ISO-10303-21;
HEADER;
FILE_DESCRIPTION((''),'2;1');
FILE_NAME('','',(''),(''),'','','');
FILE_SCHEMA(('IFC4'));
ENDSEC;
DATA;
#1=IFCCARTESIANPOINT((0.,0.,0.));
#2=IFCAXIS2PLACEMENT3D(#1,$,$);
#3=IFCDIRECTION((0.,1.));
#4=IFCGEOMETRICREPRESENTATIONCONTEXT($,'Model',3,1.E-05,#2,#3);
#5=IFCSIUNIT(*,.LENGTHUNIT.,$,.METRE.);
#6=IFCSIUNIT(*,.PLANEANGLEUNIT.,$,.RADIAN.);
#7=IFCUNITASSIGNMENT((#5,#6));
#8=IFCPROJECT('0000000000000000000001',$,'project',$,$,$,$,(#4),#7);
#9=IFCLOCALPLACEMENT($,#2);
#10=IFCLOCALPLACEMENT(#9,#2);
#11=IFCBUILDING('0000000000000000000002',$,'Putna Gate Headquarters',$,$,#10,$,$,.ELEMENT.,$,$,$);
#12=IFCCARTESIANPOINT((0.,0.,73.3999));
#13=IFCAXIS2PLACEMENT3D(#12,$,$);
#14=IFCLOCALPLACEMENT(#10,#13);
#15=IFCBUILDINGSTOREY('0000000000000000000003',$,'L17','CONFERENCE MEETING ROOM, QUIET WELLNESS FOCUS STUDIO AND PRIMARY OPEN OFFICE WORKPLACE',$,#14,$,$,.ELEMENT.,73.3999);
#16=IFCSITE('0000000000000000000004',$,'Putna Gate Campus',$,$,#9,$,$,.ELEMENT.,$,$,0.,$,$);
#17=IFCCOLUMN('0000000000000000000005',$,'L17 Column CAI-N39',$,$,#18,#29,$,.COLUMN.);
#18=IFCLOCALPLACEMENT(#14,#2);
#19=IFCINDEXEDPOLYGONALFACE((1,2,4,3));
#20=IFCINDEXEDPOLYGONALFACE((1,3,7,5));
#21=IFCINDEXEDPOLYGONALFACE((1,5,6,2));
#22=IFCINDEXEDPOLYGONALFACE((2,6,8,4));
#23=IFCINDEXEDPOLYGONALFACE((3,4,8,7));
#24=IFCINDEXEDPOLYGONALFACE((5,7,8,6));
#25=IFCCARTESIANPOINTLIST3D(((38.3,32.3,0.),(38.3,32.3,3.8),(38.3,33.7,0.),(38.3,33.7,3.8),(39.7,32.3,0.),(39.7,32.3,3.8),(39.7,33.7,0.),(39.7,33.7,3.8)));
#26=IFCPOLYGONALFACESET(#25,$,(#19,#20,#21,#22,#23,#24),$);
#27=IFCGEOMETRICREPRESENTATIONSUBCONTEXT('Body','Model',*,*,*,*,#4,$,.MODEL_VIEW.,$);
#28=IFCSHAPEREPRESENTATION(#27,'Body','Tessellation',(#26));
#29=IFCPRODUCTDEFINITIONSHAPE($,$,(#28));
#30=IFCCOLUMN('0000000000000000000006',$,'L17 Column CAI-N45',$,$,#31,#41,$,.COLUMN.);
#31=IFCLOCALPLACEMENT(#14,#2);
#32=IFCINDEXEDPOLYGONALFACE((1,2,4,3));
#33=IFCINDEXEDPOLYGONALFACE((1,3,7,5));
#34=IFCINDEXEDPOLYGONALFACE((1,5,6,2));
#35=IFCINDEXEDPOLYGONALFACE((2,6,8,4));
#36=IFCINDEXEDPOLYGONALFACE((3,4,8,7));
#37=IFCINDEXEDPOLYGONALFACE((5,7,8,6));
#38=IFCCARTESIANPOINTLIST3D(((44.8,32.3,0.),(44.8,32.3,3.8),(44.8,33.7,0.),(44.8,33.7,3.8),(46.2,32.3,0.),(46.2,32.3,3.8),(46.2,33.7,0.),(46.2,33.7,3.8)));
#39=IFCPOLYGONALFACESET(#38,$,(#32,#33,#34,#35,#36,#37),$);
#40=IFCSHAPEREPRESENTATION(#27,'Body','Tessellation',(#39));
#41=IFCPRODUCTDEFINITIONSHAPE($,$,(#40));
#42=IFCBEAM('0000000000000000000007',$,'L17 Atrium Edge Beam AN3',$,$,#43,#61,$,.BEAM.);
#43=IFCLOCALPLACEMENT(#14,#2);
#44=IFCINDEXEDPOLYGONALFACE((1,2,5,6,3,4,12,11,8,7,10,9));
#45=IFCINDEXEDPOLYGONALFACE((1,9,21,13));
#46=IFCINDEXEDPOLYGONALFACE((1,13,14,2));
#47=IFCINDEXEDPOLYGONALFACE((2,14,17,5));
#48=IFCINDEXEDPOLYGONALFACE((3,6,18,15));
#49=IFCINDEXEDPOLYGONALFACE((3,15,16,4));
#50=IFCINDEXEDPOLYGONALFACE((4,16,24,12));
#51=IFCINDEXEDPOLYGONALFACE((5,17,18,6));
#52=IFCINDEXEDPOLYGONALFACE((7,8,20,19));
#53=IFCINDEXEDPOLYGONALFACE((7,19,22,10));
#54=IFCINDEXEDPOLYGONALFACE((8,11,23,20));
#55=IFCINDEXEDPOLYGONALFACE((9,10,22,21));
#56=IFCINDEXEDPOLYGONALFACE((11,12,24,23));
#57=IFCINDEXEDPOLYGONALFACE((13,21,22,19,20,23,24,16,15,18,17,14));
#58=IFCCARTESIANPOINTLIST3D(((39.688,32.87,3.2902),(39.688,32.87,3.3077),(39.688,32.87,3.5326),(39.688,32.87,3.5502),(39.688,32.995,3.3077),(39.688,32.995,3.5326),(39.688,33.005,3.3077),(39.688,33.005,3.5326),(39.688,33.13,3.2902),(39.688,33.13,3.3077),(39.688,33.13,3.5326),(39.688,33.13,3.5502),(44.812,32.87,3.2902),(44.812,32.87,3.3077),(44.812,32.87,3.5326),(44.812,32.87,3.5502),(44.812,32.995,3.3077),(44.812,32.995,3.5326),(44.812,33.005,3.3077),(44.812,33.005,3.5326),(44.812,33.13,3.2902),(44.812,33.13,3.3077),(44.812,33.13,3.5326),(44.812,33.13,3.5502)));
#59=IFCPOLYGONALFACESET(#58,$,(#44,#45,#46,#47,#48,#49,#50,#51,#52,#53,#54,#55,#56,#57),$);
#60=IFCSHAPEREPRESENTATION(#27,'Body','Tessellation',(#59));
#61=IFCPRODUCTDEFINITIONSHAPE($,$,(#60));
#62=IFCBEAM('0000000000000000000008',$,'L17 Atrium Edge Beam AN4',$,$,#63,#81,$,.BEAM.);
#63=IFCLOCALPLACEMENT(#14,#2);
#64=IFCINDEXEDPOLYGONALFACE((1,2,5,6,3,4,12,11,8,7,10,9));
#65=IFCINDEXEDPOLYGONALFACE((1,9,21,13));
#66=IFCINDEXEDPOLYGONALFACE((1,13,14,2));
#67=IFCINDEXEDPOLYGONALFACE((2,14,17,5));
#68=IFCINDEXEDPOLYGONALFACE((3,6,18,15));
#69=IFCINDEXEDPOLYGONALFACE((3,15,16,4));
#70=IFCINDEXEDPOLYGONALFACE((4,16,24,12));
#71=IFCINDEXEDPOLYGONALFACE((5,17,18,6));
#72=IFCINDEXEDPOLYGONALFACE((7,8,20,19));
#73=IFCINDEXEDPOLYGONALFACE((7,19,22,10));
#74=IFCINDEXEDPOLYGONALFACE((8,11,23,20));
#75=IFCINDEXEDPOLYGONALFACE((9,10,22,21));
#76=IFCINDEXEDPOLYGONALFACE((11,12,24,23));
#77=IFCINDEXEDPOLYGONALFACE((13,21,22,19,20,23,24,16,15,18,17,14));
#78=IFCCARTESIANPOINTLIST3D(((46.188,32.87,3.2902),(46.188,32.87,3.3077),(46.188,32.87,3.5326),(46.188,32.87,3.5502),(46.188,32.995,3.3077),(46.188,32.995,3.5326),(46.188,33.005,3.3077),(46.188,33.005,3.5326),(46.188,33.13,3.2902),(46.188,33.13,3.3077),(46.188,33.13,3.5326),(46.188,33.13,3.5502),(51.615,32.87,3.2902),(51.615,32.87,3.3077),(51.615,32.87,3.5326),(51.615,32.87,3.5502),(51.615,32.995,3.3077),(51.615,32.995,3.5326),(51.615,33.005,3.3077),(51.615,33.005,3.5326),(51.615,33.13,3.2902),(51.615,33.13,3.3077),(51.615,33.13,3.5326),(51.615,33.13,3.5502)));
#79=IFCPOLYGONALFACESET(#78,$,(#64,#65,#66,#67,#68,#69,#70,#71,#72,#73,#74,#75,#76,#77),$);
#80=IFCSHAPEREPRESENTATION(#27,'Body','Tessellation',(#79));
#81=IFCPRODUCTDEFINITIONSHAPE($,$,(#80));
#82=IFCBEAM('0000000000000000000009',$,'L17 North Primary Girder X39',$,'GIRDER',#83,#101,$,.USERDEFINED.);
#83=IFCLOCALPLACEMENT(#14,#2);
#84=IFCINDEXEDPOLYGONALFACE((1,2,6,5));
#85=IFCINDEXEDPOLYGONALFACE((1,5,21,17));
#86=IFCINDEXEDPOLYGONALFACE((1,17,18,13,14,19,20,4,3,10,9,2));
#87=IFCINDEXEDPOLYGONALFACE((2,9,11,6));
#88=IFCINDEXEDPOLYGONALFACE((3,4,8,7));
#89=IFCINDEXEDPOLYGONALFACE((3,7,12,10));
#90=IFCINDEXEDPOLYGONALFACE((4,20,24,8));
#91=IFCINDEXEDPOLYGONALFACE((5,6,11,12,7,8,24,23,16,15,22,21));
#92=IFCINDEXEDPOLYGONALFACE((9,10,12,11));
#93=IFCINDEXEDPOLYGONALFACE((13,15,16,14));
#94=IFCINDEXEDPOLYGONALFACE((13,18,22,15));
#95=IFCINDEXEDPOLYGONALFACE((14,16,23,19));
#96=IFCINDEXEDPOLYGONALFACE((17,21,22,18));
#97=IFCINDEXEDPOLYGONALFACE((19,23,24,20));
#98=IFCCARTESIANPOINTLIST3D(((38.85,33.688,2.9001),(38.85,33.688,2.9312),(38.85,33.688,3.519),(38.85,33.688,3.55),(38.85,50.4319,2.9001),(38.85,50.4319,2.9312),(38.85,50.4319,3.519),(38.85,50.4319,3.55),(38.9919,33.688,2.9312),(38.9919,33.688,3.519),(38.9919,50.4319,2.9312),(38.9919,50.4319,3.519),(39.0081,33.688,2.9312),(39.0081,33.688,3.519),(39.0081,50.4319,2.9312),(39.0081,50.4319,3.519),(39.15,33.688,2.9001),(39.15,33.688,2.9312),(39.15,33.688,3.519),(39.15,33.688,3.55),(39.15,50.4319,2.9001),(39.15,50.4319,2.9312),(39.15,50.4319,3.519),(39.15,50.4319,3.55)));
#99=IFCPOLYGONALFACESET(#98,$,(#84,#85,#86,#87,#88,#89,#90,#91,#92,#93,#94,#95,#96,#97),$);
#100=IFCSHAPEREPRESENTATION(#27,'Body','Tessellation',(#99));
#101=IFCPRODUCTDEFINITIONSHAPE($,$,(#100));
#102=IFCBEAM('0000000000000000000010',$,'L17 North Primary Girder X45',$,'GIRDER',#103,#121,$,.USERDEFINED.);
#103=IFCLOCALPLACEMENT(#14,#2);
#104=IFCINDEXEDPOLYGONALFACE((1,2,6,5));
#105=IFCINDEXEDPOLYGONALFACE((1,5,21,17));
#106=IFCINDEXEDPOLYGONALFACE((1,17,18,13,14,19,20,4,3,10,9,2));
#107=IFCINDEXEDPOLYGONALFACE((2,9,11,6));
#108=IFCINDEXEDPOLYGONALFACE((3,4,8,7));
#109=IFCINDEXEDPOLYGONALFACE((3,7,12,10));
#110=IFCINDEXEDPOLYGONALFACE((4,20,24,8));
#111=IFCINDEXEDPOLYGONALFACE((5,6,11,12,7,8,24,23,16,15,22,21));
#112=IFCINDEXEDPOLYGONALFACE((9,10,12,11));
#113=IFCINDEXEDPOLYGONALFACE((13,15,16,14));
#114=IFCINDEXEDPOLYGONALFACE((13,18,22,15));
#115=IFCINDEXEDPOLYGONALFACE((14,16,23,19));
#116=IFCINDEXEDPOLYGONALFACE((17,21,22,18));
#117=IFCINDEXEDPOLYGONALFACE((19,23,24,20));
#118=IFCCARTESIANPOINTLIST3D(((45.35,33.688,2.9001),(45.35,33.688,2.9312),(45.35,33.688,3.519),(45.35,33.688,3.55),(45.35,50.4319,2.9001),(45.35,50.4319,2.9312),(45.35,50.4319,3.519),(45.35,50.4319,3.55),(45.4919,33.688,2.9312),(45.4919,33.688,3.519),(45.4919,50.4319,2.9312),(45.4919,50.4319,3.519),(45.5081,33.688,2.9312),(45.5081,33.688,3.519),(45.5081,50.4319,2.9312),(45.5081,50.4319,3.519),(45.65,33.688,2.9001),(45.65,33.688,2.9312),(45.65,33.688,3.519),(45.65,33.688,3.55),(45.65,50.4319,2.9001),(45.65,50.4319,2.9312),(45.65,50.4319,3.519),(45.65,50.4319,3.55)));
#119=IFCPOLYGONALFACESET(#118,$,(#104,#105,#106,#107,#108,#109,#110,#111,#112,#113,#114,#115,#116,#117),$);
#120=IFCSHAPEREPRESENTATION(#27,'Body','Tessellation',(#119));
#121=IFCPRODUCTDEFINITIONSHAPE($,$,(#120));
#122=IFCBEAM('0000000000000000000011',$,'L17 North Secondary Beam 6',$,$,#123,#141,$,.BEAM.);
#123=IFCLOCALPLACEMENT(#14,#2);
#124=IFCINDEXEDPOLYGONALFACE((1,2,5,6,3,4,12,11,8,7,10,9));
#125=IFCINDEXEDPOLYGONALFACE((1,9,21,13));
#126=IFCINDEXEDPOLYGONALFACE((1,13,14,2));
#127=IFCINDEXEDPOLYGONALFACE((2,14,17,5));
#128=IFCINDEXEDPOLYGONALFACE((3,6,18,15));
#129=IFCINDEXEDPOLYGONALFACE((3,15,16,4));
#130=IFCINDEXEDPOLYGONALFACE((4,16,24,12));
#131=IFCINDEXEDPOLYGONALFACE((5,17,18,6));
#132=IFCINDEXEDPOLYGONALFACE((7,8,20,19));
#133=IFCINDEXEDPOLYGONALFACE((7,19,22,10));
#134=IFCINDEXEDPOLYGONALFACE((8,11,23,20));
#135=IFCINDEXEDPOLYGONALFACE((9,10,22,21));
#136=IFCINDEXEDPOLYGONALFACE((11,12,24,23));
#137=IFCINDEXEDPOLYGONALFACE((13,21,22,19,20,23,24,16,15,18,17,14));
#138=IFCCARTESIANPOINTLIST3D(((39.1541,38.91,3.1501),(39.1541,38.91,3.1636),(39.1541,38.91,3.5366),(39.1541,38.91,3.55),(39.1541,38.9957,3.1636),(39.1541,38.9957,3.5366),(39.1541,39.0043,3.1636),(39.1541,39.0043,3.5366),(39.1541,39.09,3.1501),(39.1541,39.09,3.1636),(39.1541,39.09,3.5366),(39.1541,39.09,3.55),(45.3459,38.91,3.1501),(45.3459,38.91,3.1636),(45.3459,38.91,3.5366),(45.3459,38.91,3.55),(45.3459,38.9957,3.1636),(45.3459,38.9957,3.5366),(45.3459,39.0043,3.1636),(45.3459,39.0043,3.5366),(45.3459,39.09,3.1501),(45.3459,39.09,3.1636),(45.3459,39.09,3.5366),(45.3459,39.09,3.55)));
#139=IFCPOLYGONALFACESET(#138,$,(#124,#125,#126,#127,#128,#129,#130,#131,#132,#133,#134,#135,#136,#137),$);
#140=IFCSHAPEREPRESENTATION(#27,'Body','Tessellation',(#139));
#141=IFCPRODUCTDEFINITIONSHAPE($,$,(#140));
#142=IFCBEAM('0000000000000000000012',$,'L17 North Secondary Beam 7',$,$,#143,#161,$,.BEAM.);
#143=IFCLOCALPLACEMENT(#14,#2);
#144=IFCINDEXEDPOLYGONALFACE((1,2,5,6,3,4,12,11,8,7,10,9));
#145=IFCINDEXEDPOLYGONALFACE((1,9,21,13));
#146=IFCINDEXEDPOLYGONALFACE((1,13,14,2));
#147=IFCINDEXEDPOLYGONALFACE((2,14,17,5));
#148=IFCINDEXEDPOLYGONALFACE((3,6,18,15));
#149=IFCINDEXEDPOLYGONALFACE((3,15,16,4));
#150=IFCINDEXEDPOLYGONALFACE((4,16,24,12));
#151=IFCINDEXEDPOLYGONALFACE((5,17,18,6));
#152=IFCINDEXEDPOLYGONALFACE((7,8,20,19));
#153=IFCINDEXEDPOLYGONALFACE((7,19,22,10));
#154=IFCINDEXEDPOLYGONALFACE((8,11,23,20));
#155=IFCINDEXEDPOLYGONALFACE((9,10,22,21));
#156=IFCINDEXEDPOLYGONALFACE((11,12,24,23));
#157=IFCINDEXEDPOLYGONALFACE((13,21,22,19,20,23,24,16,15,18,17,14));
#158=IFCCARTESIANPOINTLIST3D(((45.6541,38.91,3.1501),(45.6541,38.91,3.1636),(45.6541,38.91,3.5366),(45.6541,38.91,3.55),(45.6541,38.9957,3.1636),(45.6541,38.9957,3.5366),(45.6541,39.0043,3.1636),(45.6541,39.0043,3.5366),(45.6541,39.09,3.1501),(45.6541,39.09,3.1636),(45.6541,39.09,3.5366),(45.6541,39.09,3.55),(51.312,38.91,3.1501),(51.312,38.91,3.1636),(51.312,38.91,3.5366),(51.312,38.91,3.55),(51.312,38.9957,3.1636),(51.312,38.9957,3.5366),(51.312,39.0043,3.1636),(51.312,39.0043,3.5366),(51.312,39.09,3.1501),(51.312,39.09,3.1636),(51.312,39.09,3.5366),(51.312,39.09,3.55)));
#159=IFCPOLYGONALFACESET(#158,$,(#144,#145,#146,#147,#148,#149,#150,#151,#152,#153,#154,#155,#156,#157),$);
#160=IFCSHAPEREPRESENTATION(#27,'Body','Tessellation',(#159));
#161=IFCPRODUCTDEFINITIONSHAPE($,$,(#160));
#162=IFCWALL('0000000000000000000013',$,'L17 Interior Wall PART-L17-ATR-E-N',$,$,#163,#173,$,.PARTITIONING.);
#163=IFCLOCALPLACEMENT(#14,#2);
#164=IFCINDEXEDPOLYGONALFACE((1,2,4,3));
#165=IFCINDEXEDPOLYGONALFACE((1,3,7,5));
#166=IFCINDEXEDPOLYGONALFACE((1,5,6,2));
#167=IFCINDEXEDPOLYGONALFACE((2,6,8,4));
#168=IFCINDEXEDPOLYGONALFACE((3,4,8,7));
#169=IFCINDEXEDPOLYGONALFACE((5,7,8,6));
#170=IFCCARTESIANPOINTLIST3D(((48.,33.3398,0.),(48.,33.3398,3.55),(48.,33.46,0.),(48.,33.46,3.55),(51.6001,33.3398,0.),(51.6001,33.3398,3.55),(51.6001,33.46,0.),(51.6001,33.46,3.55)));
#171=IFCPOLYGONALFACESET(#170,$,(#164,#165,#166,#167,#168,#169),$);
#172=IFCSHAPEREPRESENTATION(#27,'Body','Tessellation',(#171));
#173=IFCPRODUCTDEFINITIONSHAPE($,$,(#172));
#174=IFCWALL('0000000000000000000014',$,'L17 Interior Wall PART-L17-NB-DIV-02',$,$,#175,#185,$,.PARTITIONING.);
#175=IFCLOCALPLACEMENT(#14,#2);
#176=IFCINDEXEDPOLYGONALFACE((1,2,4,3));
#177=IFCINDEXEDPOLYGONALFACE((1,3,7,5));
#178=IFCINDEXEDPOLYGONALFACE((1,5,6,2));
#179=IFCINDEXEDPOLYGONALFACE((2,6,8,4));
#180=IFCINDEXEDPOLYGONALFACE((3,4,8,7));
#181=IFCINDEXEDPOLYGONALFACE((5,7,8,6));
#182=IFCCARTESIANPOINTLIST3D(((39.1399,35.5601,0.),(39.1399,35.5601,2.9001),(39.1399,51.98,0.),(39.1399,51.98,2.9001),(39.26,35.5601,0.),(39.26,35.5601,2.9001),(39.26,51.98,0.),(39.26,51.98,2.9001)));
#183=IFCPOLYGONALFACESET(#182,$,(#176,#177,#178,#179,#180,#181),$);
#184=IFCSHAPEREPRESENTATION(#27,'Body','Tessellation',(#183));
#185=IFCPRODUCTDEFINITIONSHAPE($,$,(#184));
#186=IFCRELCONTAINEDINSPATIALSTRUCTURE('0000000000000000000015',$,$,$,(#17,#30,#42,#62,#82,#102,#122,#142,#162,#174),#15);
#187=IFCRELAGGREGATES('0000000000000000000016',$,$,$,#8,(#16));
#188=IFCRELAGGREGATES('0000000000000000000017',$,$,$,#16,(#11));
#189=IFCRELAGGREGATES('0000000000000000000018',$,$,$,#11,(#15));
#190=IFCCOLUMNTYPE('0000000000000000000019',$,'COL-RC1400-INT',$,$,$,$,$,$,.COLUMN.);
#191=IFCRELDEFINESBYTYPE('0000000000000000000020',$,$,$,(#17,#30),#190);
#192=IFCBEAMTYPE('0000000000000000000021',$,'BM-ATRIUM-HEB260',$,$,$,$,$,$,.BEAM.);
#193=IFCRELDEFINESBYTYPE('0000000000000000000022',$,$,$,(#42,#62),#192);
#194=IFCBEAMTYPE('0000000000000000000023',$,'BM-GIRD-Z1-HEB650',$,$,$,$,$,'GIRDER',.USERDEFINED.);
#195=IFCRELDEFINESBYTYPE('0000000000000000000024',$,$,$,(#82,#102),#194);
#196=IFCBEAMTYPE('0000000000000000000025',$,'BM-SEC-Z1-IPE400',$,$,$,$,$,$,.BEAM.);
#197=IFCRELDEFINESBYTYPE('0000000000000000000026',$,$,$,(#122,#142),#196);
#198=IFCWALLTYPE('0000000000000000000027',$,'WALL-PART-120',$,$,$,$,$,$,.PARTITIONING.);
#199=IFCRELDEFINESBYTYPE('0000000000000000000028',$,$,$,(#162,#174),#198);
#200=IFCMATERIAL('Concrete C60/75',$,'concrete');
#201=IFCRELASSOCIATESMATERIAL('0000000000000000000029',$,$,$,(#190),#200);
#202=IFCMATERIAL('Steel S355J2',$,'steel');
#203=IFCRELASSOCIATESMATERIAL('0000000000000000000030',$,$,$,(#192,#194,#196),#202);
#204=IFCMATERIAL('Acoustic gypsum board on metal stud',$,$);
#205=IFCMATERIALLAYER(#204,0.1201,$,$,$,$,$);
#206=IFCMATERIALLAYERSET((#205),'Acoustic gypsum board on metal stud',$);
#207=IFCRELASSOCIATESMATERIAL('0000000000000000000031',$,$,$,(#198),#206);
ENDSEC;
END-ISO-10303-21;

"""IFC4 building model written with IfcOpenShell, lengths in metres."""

from ifc_helpers import new_model, si_unit, direction, frame, frame_2d, origin, origin_2d, place, context, subcontext, project, spatial, rectangle, i_section, extrude, material, layer, layer_set, material_profile, profile_set, type_object, element, save


model = new_model("IFC4")

# Units and contexts
model_context = context("Model", 3, precision=1e-05, world=origin(), true_north=direction((0.0, 1.0)))
body_context = subcontext(model_context, "Body", "Model", "MODEL_VIEW")
ifc_project = project(units=[si_unit("LENGTHUNIT", "METRE"), si_unit("PLANEANGLEUNIT", "RADIAN")], contexts=[model_context])

# Site, building, storey
site_placement = place(None, origin())
site = spatial("IfcSite", under=ifc_project, at=site_placement, Name="Putna Gate Campus", CompositionType="ELEMENT", RefElevation=0.0)
building_placement = place(site_placement, origin())
building = spatial("IfcBuilding", under=site, at=building_placement, Name="Putna Gate Headquarters", CompositionType="ELEMENT")
storey_placement = place(building_placement, frame((0.0, 0.0, 73.3999)))
storey = spatial("IfcBuildingStorey", under=building, at=storey_placement, Name="L17", Description="CONFERENCE MEETING ROOM, QUIET WELLNESS FOCUS STUDIO AND PRIMARY OPEN OFFICE WORKPLACE", CompositionType="ELEMENT", Elevation=73.3999)

# Columns
ifc_material_1 = material(Name="Concrete C60/75", Category="concrete")
ifc_material_profile_1 = material_profile(ifc_material_1, rectangle(XDim=1.3999, YDim=1.3999, at=origin_2d()), Name="Concrete C60/75")
ifc_profile_set_1 = profile_set([ifc_material_profile_1], Name="Concrete C60/75")
column_type = type_object("IfcColumnType", Name="COL-RC1400-INT", PredefinedType="COLUMN", material=ifc_profile_set_1)
for number, where, z_axis, x_axis, name in (
    (1, (39.0, 33.0, 0.0), (0.0, 0.0, 1.0), (1.0, 0.0, 0.0), "L17 Column CAI-N39"),
    (2, (45.5, 33.0, 0.0), (0.0, 0.0, 1.0), (1.0, 0.0, 0.0), "L17 Column CAI-N45"),
):
    element("IfcColumn", number, at=place(storey_placement, frame(where, z_axis=z_axis, x_axis=x_axis)), inside=storey, type_object=column_type, Name=name, PredefinedType="COLUMN", context=body_context, shape_type="SweptSolid", body=[
        extrude(rectangle(XDim=1.3999, YDim=1.3999, at=origin_2d()), origin(), (0.0, 0.0, 1.0), 3.8),
    ])

# Beams
ifc_material_2 = material(Name="Steel S355J2", Category="steel")
ifc_material_profile_2 = material_profile(ifc_material_2, i_section(OverallWidth=0.26, OverallDepth=0.26, WebThickness=0.01, FlangeThickness=0.0176, at=origin_2d()), Name="Steel S355J2")
ifc_profile_set_2 = profile_set([ifc_material_profile_2], Name="Steel S355J2")
beam_type_1 = type_object("IfcBeamType", Name="BM-ATRIUM-HEB260", PredefinedType="BEAM", material=ifc_profile_set_2)
beam_1_placement = place(storey_placement, frame((39.688, 33.0, 3.4202), z_axis=(1.0, 0.0, 0.0), x_axis=(0.0, 1.0, 0.0)))
element("IfcBeam", 3, at=beam_1_placement, inside=storey, type_object=beam_type_1, Name="L17 Atrium Edge Beam AN3", PredefinedType="BEAM", context=body_context, shape_type="SweptSolid", body=[
    extrude(i_section(OverallWidth=0.26, OverallDepth=0.26, WebThickness=0.01, FlangeThickness=0.0176, at=origin_2d()), origin(), (0.0, 0.0, 1.0), 5.124),
])
beam_2_placement = place(storey_placement, frame((46.188, 33.0, 3.4202), z_axis=(1.0, 0.0, 0.0), x_axis=(0.0, 1.0, 0.0)))
element("IfcBeam", 4, at=beam_2_placement, inside=storey, type_object=beam_type_1, Name="L17 Atrium Edge Beam AN4", PredefinedType="BEAM", context=body_context, shape_type="SweptSolid", body=[
    extrude(i_section(OverallWidth=0.26, OverallDepth=0.26, WebThickness=0.01, FlangeThickness=0.0176, at=origin_2d()), origin(), (0.0, 0.0, 1.0), 5.427),
])
ifc_material_profile_3 = material_profile(ifc_material_2, i_section(OverallWidth=0.3, OverallDepth=0.6499, WebThickness=0.0161, FlangeThickness=0.031, at=origin_2d()), Name="Steel S355J2")
ifc_profile_set_3 = profile_set([ifc_material_profile_3], Name="Steel S355J2")
beam_type_2 = type_object("IfcBeamType", Name="BM-GIRD-Z1-HEB650", ElementType="GIRDER", PredefinedType="USERDEFINED", material=ifc_profile_set_3)
for number, where, z_axis, x_axis, name in (
    (5, (39.0, 33.688, 3.2251), (0.0, 1.0, 0.0), (-1.0, 0.0, 0.0), "L17 North Primary Girder X39"),
    (6, (45.5, 33.688, 3.2251), (0.0, 1.0, 0.0), (-1.0, 0.0, 0.0), "L17 North Primary Girder X45"),
):
    element("IfcBeam", number, at=place(storey_placement, frame(where, z_axis=z_axis, x_axis=x_axis)), inside=storey, type_object=beam_type_2, Name=name, ObjectType="GIRDER", PredefinedType="USERDEFINED", context=body_context, shape_type="SweptSolid", body=[
        extrude(i_section(OverallWidth=0.3, OverallDepth=0.6499, WebThickness=0.0161, FlangeThickness=0.031, at=origin_2d()), origin(), (0.0, 0.0, 1.0), 16.7439),
    ])
ifc_material_profile_4 = material_profile(ifc_material_2, i_section(OverallWidth=0.1799, OverallDepth=0.3999, WebThickness=0.0085, FlangeThickness=0.0134, at=origin_2d()), Name="Steel S355J2")
ifc_profile_set_4 = profile_set([ifc_material_profile_4], Name="Steel S355J2")
beam_type_3 = type_object("IfcBeamType", Name="BM-SEC-Z1-IPE400", PredefinedType="BEAM", material=ifc_profile_set_4)
beam_3_placement = place(storey_placement, frame((39.1541, 39.0, 3.3501), z_axis=(1.0, 0.0, 0.0), x_axis=(0.0, 1.0, 0.0)))
element("IfcBeam", 7, at=beam_3_placement, inside=storey, type_object=beam_type_3, Name="L17 North Secondary Beam 6", PredefinedType="BEAM", context=body_context, shape_type="SweptSolid", body=[
    extrude(i_section(OverallWidth=0.1799, OverallDepth=0.3999, WebThickness=0.0085, FlangeThickness=0.0134, at=origin_2d()), origin(), (0.0, 0.0, 1.0), 6.1919),
])
beam_4_placement = place(storey_placement, frame((45.6541, 39.0, 3.3501), z_axis=(1.0, 0.0, 0.0), x_axis=(0.0, 1.0, 0.0)))
element("IfcBeam", 8, at=beam_4_placement, inside=storey, type_object=beam_type_3, Name="L17 North Secondary Beam 7", PredefinedType="BEAM", context=body_context, shape_type="SweptSolid", body=[
    extrude(i_section(OverallWidth=0.1799, OverallDepth=0.3999, WebThickness=0.0085, FlangeThickness=0.0134, at=origin_2d()), origin(), (0.0, 0.0, 1.0), 5.658),
])

# Walls
ifc_material_3 = material(Name="Acoustic gypsum board on metal stud")
ifc_layer_1 = layer(ifc_material_3, 0.1201)
ifc_layer_set_1 = layer_set([ifc_layer_1], Name="Acoustic gypsum board on metal stud")
wall_type_1 = type_object("IfcWallType", Name="WALL-PART-120", PredefinedType="PARTITIONING", material=ifc_layer_set_1)
wall_1_placement = place(storey_placement, frame((48.0, 33.3999, 0.0), z_axis=(0.0, 0.0, 1.0), x_axis=(1.0, 0.0, 0.0)))
element("IfcWall", 9, at=wall_1_placement, inside=storey, type_object=wall_type_1, Name="L17 Interior Wall PART-L17-ATR-E-N", PredefinedType="PARTITIONING", context=body_context, shape_type="SweptSolid", body=[
    extrude(rectangle(XDim=3.6001, YDim=0.1201, at=frame_2d((1.8, 0.0))), origin(), (0.0, 0.0, 1.0), 3.55),
])
wall_2_placement = place(storey_placement, frame((39.2, 35.5601, 0.0), z_axis=(0.0, 0.0, 1.0), x_axis=(0.0, 1.0, 0.0)))
element("IfcWall", 10, at=wall_2_placement, inside=storey, type_object=wall_type_1, Name="L17 Interior Wall PART-L17-NB-DIV-02", PredefinedType="PARTITIONING", context=body_context, shape_type="SweptSolid", body=[
    extrude(rectangle(XDim=16.4199, YDim=0.1201, at=frame_2d((8.21, 0.0))), origin(), (0.0, 0.0, 1.0), 2.9001),
])

save(model, "model.ifc")
